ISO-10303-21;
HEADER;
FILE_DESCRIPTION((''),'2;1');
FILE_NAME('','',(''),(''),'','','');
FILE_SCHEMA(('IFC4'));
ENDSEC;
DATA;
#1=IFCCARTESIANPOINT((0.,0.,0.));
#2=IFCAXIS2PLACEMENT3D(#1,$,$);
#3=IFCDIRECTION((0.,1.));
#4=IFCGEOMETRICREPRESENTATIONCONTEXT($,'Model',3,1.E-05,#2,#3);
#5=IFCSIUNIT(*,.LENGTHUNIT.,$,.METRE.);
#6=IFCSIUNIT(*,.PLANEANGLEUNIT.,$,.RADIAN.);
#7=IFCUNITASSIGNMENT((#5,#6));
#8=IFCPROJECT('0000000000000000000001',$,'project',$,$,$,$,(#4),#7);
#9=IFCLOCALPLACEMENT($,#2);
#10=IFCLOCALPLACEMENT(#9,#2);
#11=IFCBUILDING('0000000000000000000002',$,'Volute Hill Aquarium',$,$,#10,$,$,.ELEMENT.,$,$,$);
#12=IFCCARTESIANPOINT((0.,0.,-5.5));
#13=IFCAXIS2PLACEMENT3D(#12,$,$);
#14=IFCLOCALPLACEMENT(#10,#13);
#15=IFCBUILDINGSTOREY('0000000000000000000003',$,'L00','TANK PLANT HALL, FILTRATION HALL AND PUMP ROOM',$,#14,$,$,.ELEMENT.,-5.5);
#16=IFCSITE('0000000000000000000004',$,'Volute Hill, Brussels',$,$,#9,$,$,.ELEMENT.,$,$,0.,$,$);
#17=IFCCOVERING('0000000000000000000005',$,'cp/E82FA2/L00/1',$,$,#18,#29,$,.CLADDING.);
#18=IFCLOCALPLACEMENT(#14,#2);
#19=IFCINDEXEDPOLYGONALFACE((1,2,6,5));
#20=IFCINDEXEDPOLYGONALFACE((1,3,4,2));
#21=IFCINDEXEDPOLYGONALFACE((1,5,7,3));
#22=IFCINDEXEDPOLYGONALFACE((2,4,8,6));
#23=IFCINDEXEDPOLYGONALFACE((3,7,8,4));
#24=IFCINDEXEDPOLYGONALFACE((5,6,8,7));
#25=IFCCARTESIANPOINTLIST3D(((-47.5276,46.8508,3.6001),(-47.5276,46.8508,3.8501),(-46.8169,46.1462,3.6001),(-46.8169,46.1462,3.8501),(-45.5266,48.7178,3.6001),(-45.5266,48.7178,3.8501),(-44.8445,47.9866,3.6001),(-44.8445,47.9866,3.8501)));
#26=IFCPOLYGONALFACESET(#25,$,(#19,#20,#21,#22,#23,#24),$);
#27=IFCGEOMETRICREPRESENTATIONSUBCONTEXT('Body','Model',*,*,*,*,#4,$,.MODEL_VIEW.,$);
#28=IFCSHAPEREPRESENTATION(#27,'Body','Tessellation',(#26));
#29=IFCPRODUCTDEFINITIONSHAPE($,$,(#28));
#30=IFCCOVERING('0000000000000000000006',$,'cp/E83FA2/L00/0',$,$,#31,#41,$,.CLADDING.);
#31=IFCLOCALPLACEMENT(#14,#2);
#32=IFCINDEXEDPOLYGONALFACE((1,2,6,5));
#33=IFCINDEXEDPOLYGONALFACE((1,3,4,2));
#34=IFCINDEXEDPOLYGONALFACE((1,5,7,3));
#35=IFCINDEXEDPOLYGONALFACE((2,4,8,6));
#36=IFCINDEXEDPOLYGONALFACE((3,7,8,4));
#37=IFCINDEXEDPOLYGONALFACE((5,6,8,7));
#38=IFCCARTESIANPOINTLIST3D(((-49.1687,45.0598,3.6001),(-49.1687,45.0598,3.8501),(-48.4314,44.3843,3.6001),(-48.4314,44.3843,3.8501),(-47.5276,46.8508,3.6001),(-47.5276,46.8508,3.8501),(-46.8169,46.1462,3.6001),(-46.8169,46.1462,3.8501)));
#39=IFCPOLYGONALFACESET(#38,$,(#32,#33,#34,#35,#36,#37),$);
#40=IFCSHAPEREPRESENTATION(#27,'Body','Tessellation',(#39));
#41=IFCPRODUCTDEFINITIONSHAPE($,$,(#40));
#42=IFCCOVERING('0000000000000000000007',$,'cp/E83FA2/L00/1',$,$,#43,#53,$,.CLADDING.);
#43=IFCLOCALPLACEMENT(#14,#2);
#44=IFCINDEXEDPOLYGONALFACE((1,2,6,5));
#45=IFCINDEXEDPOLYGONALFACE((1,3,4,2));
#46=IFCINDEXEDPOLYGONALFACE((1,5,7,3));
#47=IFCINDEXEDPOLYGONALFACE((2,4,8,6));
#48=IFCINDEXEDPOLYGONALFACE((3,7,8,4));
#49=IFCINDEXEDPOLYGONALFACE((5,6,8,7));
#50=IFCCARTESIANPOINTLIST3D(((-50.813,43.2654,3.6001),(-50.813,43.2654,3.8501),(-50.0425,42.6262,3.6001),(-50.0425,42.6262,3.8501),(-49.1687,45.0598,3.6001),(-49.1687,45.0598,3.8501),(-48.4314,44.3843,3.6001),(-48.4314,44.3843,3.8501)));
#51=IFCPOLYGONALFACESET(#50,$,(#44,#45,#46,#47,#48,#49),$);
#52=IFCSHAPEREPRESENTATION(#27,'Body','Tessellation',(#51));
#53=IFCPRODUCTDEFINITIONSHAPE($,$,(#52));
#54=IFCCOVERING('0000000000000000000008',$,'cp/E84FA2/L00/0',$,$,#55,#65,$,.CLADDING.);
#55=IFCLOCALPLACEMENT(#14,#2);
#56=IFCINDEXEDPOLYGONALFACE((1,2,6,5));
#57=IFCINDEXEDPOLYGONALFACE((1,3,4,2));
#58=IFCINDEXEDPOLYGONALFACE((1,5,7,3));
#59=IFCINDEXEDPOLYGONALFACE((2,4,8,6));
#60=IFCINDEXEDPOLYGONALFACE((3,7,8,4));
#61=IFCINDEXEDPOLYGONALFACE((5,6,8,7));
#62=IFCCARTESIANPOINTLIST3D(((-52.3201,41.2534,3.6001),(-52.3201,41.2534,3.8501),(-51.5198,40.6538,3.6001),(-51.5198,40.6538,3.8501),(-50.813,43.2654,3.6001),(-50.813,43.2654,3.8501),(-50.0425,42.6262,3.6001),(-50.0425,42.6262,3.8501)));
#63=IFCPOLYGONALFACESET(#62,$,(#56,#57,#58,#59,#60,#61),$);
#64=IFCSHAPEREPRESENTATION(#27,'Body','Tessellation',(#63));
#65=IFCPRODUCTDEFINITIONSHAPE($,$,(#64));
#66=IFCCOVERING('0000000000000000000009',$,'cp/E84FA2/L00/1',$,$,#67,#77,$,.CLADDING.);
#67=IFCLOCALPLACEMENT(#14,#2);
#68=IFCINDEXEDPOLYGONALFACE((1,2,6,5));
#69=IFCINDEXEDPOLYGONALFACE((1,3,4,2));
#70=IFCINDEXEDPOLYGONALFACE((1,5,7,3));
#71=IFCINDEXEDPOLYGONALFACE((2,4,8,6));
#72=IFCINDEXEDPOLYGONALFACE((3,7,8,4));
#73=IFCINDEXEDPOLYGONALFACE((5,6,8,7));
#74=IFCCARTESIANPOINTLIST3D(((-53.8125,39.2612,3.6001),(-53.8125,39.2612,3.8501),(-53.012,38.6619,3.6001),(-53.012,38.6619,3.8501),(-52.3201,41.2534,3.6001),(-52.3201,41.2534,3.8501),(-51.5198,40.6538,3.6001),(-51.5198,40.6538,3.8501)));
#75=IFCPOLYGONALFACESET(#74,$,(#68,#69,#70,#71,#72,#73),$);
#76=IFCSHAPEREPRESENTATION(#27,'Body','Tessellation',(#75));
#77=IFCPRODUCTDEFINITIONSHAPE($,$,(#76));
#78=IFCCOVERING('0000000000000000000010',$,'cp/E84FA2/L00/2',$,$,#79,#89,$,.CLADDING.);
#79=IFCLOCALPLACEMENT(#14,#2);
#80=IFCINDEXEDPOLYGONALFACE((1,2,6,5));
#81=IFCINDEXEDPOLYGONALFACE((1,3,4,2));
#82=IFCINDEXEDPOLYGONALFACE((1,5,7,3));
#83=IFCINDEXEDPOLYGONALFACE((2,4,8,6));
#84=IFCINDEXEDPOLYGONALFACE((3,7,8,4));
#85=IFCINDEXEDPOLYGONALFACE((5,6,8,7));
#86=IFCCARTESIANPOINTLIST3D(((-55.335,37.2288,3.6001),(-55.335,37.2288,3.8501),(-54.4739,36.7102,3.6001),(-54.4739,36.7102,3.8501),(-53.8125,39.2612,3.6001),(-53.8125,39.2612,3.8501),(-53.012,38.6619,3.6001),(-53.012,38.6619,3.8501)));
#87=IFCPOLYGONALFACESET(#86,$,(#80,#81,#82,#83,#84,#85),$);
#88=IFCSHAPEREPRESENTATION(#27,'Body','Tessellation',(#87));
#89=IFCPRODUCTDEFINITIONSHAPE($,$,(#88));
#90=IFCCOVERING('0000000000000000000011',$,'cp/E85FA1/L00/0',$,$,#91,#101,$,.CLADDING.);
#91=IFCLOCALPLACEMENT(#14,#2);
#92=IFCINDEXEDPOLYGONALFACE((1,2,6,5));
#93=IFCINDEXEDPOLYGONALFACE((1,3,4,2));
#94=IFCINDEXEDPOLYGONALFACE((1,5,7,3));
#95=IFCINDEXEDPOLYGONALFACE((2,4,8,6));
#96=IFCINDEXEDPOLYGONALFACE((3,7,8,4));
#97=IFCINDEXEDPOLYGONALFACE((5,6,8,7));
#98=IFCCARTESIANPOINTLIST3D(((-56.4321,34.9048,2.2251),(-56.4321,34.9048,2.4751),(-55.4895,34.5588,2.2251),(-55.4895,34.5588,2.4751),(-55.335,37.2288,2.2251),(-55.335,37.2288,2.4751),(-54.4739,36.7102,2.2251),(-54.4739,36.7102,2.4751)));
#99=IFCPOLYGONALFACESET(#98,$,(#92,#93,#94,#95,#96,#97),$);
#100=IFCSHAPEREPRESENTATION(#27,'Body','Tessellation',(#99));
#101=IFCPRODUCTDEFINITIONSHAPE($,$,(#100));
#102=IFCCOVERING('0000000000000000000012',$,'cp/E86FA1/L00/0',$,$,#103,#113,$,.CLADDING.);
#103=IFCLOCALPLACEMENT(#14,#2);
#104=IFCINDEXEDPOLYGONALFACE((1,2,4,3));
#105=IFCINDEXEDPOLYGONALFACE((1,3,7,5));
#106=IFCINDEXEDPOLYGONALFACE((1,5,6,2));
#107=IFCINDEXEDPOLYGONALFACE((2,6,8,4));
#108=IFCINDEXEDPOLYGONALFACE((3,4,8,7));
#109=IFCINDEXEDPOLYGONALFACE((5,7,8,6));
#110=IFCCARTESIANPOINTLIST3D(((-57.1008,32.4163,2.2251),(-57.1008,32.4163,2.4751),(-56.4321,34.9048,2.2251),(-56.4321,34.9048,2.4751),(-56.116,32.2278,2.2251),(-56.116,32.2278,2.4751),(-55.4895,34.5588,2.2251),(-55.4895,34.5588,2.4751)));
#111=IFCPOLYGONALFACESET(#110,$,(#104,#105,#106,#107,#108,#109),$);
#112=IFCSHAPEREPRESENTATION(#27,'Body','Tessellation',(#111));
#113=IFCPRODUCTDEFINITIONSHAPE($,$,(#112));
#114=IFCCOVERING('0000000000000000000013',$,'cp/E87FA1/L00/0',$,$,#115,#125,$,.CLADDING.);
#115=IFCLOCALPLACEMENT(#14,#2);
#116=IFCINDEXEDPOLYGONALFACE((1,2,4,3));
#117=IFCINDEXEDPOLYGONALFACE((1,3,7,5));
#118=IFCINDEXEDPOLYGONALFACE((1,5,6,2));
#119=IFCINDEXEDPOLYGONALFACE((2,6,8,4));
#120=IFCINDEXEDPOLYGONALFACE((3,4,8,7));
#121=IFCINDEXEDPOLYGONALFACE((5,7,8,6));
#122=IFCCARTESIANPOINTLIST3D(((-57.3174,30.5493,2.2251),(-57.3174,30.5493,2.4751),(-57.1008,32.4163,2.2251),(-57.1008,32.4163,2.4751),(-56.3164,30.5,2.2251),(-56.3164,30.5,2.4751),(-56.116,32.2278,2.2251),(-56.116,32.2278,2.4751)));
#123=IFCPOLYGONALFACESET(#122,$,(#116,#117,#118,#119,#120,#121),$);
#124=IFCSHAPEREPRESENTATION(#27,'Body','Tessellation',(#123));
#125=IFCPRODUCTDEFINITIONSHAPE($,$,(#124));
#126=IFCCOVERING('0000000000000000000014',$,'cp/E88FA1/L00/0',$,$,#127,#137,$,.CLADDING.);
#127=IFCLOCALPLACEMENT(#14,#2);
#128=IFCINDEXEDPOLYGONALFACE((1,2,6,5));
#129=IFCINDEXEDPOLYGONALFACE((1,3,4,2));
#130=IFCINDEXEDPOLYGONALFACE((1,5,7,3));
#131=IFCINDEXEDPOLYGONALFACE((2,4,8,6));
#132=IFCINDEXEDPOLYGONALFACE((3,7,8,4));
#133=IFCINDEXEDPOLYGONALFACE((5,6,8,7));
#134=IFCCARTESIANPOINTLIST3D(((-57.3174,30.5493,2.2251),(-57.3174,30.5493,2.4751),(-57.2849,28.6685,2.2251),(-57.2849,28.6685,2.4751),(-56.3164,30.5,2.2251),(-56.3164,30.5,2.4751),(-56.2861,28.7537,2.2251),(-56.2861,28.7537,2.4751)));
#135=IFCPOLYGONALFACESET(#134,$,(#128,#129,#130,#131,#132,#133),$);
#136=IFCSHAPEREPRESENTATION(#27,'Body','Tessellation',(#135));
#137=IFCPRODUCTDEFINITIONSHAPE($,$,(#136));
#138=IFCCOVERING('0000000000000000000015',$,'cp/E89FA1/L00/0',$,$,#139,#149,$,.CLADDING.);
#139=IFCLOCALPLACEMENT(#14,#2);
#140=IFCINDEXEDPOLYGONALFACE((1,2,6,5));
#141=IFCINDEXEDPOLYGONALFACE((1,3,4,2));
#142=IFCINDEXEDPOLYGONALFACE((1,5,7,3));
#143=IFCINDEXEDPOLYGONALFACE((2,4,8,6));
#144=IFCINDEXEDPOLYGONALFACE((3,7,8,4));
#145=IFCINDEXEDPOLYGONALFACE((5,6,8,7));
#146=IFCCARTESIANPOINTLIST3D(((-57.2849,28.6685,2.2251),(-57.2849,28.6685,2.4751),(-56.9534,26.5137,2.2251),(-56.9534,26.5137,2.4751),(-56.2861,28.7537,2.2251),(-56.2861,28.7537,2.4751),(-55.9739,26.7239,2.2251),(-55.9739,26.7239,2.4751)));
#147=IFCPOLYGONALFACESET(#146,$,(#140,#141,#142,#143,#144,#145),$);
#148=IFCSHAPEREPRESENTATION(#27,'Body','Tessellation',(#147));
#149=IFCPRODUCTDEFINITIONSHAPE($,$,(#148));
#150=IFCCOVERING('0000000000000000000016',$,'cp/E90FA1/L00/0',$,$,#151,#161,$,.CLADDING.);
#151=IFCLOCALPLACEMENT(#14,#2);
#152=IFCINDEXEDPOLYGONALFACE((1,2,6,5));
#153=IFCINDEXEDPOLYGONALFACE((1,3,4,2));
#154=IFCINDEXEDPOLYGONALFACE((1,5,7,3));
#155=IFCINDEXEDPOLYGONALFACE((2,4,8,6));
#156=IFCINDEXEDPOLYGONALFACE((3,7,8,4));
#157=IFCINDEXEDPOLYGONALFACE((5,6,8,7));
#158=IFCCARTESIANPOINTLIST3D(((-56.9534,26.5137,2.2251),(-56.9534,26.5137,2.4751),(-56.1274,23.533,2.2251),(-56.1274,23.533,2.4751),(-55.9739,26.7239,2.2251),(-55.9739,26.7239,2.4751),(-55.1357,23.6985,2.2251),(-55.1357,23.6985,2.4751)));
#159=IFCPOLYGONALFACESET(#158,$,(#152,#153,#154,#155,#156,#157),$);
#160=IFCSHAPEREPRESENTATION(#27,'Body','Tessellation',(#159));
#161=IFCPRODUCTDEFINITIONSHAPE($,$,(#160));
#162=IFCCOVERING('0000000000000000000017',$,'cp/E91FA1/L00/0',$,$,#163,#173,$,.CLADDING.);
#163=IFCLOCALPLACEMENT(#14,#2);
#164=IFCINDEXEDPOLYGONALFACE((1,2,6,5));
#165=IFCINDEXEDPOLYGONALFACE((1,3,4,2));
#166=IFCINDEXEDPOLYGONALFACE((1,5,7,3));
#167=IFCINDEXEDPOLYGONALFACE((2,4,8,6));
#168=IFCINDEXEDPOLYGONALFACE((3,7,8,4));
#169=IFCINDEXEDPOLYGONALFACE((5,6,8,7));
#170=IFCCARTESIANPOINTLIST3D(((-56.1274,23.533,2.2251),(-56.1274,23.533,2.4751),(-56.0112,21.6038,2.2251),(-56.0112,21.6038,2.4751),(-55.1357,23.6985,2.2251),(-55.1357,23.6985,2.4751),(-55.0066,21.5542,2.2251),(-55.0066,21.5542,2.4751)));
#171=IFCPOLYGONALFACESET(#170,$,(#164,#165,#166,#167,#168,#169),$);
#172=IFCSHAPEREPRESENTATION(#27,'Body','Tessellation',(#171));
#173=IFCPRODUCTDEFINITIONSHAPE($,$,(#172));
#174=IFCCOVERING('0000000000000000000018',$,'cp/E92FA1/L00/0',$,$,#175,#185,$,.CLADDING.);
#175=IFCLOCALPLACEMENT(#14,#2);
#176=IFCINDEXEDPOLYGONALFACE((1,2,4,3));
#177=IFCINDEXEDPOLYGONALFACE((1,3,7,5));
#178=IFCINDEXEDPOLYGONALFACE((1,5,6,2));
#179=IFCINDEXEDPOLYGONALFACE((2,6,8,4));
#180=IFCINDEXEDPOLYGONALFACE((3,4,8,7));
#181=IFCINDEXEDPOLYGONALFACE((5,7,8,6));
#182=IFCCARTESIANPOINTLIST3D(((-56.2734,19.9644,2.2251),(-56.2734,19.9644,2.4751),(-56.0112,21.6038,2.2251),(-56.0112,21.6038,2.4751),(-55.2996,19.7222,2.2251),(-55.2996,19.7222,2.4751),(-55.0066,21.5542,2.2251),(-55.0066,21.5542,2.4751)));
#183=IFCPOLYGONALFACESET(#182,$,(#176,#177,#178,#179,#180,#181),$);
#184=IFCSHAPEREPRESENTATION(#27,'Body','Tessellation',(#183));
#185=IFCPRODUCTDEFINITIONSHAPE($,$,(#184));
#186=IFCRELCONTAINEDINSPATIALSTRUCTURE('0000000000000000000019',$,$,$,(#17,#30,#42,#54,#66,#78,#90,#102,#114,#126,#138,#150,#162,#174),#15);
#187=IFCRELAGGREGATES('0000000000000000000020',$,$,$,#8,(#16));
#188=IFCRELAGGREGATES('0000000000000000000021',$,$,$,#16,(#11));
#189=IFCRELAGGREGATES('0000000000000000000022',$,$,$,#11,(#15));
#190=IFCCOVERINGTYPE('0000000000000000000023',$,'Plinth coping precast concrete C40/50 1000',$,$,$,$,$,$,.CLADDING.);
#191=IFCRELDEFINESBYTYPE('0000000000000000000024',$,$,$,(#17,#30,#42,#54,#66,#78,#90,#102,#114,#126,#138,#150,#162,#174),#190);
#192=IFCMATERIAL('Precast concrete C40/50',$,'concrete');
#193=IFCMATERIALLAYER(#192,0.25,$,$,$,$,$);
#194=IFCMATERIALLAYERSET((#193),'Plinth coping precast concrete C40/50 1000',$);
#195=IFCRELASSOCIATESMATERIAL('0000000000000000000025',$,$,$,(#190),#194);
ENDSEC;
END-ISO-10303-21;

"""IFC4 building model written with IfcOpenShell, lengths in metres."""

from ifc_helpers import new_model, si_unit, direction, frame, origin, place, context, subcontext, project, spatial, polyline, outline, extrude, material, layer, layer_set, type_object, element, save


model = new_model("IFC4")

# Units and contexts
model_context = context("Model", 3, precision=1e-05, world=origin(), true_north=direction((0.0, 1.0)))
body_context = subcontext(model_context, "Body", "Model", "MODEL_VIEW")
ifc_project = project(units=[si_unit("LENGTHUNIT", "METRE"), si_unit("PLANEANGLEUNIT", "RADIAN")], contexts=[model_context])

# Site, building, storey
site_placement = place(None, origin())
site = spatial("IfcSite", under=ifc_project, at=site_placement, Name="Volute Hill, Brussels", CompositionType="ELEMENT", RefElevation=0.0)
building_placement = place(site_placement, origin())
building = spatial("IfcBuilding", under=site, at=building_placement, Name="Volute Hill Aquarium", CompositionType="ELEMENT")
storey_placement = place(building_placement, frame((0.0, 0.0, -5.5)))
storey = spatial("IfcBuildingStorey", under=building, at=storey_placement, Name="L00", Description="TANK PLANT HALL, FILTRATION HALL AND PUMP ROOM", CompositionType="ELEMENT", Elevation=-5.5)

# Coverings
ifc_material_1 = material(Name="Precast concrete C40/50", Category="concrete")
ifc_layer_1 = layer(ifc_material_1, 0.25)
ifc_layer_set_1 = layer_set([ifc_layer_1], Name="Plinth coping precast concrete C40/50 1000")
covering_type_1 = type_object("IfcCoveringType", Name="Plinth coping precast concrete C40/50 1000", PredefinedType="CLADDING", material=ifc_layer_set_1)
covering_1_placement = place(storey_placement, frame((0.0, 0.0, 3.6001)))
element("IfcCovering", 1, at=covering_1_placement, inside=storey, type_object=covering_type_1, Name="cp/E82FA2/L00/1", PredefinedType="CLADDING", context=body_context, shape_type="SweptSolid", body=[
    extrude(outline(polyline([(-47.5276, 46.8508), (-47.5276, 46.8508), (-46.8169, 46.1462), (-46.8169, 46.1462), (-44.8445, 47.9866), (-45.5266, 48.7178), (-47.5276, 46.8508)])), origin(), (0.0, 0.0, 1.0), 0.25),
])
covering_2_placement = place(storey_placement, frame((0.0, 0.0, 3.6001)))
element("IfcCovering", 2, at=covering_2_placement, inside=storey, type_object=covering_type_1, Name="cp/E83FA2/L00/0", PredefinedType="CLADDING", context=body_context, shape_type="SweptSolid", body=[
    extrude(outline(polyline([(-47.5276, 46.8508), (-49.1687, 45.0598), (-48.4314, 44.3843), (-46.8169, 46.1462), (-47.5276, 46.8508)])), origin(), (0.0, 0.0, 1.0), 0.25),
])
covering_3_placement = place(storey_placement, frame((0.0, 0.0, 3.6001)))
element("IfcCovering", 3, at=covering_3_placement, inside=storey, type_object=covering_type_1, Name="cp/E83FA2/L00/1", PredefinedType="CLADDING", context=body_context, shape_type="SweptSolid", body=[
    extrude(outline(polyline([(-49.1687, 45.0598), (-50.813, 43.2654), (-50.0425, 42.6262), (-48.4314, 44.3843), (-49.1687, 45.0598)])), origin(), (0.0, 0.0, 1.0), 0.25),
])
covering_4_placement = place(storey_placement, frame((0.0, 0.0, 3.6001)))
element("IfcCovering", 4, at=covering_4_placement, inside=storey, type_object=covering_type_1, Name="cp/E84FA2/L00/0", PredefinedType="CLADDING", context=body_context, shape_type="SweptSolid", body=[
    extrude(outline(polyline([(-50.813, 43.2654), (-52.3201, 41.2534), (-51.5198, 40.6538), (-50.0425, 42.6262), (-50.813, 43.2654)])), origin(), (0.0, 0.0, 1.0), 0.25),
])
covering_5_placement = place(storey_placement, frame((0.0, 0.0, 3.6001)))
element("IfcCovering", 5, at=covering_5_placement, inside=storey, type_object=covering_type_1, Name="cp/E84FA2/L00/1", PredefinedType="CLADDING", context=body_context, shape_type="SweptSolid", body=[
    extrude(outline(polyline([(-52.3201, 41.2534), (-53.8125, 39.2612), (-53.012, 38.6619), (-51.5198, 40.6538), (-52.3201, 41.2534)])), origin(), (0.0, 0.0, 1.0), 0.25),
])
covering_6_placement = place(storey_placement, frame((0.0, 0.0, 3.6001)))
element("IfcCovering", 6, at=covering_6_placement, inside=storey, type_object=covering_type_1, Name="cp/E84FA2/L00/2", PredefinedType="CLADDING", context=body_context, shape_type="SweptSolid", body=[
    extrude(outline(polyline([(-53.8125, 39.2612), (-55.335, 37.2288), (-54.4739, 36.7102), (-53.012, 38.6619), (-53.8125, 39.2612)])), origin(), (0.0, 0.0, 1.0), 0.25),
])
covering_7_placement = place(storey_placement, frame((0.0, 0.0, 2.2251)))
element("IfcCovering", 7, at=covering_7_placement, inside=storey, type_object=covering_type_1, Name="cp/E85FA1/L00/0", PredefinedType="CLADDING", context=body_context, shape_type="SweptSolid", body=[
    extrude(outline(polyline([(-56.4321, 34.9048), (-56.4321, 34.9048), (-55.4895, 34.5588), (-55.4895, 34.5588), (-54.4739, 36.7102), (-54.4739, 36.7102), (-55.335, 37.2288), (-55.335, 37.2288), (-56.4321, 34.9048)])), origin(), (0.0, 0.0, 1.0), 0.25),
])
covering_8_placement = place(storey_placement, frame((0.0, 0.0, 2.2251)))
element("IfcCovering", 8, at=covering_8_placement, inside=storey, type_object=covering_type_1, Name="cp/E86FA1/L00/0", PredefinedType="CLADDING", context=body_context, shape_type="SweptSolid", body=[
    extrude(outline(polyline([(-56.4321, 34.9048), (-57.1008, 32.4163), (-56.116, 32.2278), (-55.4895, 34.5588), (-56.4321, 34.9048)])), origin(), (0.0, 0.0, 1.0), 0.25),
])
covering_9_placement = place(storey_placement, frame((0.0, 0.0, 2.2251)))
element("IfcCovering", 9, at=covering_9_placement, inside=storey, type_object=covering_type_1, Name="cp/E87FA1/L00/0", PredefinedType="CLADDING", context=body_context, shape_type="SweptSolid", body=[
    extrude(outline(polyline([(-57.1008, 32.4163), (-57.3174, 30.5493), (-56.3164, 30.5), (-56.116, 32.2278), (-56.116, 32.2278), (-57.1008, 32.4163), (-57.1008, 32.4163)])), origin(), (0.0, 0.0, 1.0), 0.25),
])
covering_10_placement = place(storey_placement, frame((0.0, 0.0, 2.2251)))
element("IfcCovering", 10, at=covering_10_placement, inside=storey, type_object=covering_type_1, Name="cp/E88FA1/L00/0", PredefinedType="CLADDING", context=body_context, shape_type="SweptSolid", body=[
    extrude(outline(polyline([(-57.2849, 28.6685), (-57.2849, 28.6685), (-56.2861, 28.7537), (-56.2861, 28.7537), (-56.3164, 30.5), (-57.3174, 30.5493), (-57.2849, 28.6685)])), origin(), (0.0, 0.0, 1.0), 0.25),
])
covering_11_placement = place(storey_placement, frame((0.0, 0.0, 2.2251)))
element("IfcCovering", 11, at=covering_11_placement, inside=storey, type_object=covering_type_1, Name="cp/E89FA1/L00/0", PredefinedType="CLADDING", context=body_context, shape_type="SweptSolid", body=[
    extrude(outline(polyline([(-57.2849, 28.6685), (-56.9534, 26.5137), (-55.9739, 26.7239), (-56.2861, 28.7537), (-57.2849, 28.6685)])), origin(), (0.0, 0.0, 1.0), 0.25),
])
covering_12_placement = place(storey_placement, frame((0.0, 0.0, 2.2251)))
element("IfcCovering", 12, at=covering_12_placement, inside=storey, type_object=covering_type_1, Name="cp/E90FA1/L00/0", PredefinedType="CLADDING", context=body_context, shape_type="SweptSolid", body=[
    extrude(outline(polyline([(-56.9534, 26.5137), (-56.1274, 23.533), (-55.1357, 23.6985), (-55.9739, 26.7239), (-55.9739, 26.7239), (-56.9534, 26.5137), (-56.9534, 26.5137)])), origin(), (0.0, 0.0, 1.0), 0.25),
])
covering_13_placement = place(storey_placement, frame((0.0, 0.0, 2.2251)))
element("IfcCovering", 13, at=covering_13_placement, inside=storey, type_object=covering_type_1, Name="cp/E91FA1/L00/0", PredefinedType="CLADDING", context=body_context, shape_type="SweptSolid", body=[
    extrude(outline(polyline([(-56.1274, 23.533), (-56.0112, 21.6038), (-55.0066, 21.5542), (-55.1357, 23.6985), (-55.1357, 23.6985), (-56.1274, 23.533), (-56.1274, 23.533)])), origin(), (0.0, 0.0, 1.0), 0.25),
])
covering_14_placement = place(storey_placement, frame((0.0, 0.0, 2.2251)))
element("IfcCovering", 14, at=covering_14_placement, inside=storey, type_object=covering_type_1, Name="cp/E92FA1/L00/0", PredefinedType="CLADDING", context=body_context, shape_type="SweptSolid", body=[
    extrude(outline(polyline([(-56.0112, 21.6038), (-56.2734, 19.9644), (-55.2996, 19.7222), (-55.0066, 21.5542), (-56.0112, 21.6038)])), origin(), (0.0, 0.0, 1.0), 0.25),
])

save(model, "model.ifc")
